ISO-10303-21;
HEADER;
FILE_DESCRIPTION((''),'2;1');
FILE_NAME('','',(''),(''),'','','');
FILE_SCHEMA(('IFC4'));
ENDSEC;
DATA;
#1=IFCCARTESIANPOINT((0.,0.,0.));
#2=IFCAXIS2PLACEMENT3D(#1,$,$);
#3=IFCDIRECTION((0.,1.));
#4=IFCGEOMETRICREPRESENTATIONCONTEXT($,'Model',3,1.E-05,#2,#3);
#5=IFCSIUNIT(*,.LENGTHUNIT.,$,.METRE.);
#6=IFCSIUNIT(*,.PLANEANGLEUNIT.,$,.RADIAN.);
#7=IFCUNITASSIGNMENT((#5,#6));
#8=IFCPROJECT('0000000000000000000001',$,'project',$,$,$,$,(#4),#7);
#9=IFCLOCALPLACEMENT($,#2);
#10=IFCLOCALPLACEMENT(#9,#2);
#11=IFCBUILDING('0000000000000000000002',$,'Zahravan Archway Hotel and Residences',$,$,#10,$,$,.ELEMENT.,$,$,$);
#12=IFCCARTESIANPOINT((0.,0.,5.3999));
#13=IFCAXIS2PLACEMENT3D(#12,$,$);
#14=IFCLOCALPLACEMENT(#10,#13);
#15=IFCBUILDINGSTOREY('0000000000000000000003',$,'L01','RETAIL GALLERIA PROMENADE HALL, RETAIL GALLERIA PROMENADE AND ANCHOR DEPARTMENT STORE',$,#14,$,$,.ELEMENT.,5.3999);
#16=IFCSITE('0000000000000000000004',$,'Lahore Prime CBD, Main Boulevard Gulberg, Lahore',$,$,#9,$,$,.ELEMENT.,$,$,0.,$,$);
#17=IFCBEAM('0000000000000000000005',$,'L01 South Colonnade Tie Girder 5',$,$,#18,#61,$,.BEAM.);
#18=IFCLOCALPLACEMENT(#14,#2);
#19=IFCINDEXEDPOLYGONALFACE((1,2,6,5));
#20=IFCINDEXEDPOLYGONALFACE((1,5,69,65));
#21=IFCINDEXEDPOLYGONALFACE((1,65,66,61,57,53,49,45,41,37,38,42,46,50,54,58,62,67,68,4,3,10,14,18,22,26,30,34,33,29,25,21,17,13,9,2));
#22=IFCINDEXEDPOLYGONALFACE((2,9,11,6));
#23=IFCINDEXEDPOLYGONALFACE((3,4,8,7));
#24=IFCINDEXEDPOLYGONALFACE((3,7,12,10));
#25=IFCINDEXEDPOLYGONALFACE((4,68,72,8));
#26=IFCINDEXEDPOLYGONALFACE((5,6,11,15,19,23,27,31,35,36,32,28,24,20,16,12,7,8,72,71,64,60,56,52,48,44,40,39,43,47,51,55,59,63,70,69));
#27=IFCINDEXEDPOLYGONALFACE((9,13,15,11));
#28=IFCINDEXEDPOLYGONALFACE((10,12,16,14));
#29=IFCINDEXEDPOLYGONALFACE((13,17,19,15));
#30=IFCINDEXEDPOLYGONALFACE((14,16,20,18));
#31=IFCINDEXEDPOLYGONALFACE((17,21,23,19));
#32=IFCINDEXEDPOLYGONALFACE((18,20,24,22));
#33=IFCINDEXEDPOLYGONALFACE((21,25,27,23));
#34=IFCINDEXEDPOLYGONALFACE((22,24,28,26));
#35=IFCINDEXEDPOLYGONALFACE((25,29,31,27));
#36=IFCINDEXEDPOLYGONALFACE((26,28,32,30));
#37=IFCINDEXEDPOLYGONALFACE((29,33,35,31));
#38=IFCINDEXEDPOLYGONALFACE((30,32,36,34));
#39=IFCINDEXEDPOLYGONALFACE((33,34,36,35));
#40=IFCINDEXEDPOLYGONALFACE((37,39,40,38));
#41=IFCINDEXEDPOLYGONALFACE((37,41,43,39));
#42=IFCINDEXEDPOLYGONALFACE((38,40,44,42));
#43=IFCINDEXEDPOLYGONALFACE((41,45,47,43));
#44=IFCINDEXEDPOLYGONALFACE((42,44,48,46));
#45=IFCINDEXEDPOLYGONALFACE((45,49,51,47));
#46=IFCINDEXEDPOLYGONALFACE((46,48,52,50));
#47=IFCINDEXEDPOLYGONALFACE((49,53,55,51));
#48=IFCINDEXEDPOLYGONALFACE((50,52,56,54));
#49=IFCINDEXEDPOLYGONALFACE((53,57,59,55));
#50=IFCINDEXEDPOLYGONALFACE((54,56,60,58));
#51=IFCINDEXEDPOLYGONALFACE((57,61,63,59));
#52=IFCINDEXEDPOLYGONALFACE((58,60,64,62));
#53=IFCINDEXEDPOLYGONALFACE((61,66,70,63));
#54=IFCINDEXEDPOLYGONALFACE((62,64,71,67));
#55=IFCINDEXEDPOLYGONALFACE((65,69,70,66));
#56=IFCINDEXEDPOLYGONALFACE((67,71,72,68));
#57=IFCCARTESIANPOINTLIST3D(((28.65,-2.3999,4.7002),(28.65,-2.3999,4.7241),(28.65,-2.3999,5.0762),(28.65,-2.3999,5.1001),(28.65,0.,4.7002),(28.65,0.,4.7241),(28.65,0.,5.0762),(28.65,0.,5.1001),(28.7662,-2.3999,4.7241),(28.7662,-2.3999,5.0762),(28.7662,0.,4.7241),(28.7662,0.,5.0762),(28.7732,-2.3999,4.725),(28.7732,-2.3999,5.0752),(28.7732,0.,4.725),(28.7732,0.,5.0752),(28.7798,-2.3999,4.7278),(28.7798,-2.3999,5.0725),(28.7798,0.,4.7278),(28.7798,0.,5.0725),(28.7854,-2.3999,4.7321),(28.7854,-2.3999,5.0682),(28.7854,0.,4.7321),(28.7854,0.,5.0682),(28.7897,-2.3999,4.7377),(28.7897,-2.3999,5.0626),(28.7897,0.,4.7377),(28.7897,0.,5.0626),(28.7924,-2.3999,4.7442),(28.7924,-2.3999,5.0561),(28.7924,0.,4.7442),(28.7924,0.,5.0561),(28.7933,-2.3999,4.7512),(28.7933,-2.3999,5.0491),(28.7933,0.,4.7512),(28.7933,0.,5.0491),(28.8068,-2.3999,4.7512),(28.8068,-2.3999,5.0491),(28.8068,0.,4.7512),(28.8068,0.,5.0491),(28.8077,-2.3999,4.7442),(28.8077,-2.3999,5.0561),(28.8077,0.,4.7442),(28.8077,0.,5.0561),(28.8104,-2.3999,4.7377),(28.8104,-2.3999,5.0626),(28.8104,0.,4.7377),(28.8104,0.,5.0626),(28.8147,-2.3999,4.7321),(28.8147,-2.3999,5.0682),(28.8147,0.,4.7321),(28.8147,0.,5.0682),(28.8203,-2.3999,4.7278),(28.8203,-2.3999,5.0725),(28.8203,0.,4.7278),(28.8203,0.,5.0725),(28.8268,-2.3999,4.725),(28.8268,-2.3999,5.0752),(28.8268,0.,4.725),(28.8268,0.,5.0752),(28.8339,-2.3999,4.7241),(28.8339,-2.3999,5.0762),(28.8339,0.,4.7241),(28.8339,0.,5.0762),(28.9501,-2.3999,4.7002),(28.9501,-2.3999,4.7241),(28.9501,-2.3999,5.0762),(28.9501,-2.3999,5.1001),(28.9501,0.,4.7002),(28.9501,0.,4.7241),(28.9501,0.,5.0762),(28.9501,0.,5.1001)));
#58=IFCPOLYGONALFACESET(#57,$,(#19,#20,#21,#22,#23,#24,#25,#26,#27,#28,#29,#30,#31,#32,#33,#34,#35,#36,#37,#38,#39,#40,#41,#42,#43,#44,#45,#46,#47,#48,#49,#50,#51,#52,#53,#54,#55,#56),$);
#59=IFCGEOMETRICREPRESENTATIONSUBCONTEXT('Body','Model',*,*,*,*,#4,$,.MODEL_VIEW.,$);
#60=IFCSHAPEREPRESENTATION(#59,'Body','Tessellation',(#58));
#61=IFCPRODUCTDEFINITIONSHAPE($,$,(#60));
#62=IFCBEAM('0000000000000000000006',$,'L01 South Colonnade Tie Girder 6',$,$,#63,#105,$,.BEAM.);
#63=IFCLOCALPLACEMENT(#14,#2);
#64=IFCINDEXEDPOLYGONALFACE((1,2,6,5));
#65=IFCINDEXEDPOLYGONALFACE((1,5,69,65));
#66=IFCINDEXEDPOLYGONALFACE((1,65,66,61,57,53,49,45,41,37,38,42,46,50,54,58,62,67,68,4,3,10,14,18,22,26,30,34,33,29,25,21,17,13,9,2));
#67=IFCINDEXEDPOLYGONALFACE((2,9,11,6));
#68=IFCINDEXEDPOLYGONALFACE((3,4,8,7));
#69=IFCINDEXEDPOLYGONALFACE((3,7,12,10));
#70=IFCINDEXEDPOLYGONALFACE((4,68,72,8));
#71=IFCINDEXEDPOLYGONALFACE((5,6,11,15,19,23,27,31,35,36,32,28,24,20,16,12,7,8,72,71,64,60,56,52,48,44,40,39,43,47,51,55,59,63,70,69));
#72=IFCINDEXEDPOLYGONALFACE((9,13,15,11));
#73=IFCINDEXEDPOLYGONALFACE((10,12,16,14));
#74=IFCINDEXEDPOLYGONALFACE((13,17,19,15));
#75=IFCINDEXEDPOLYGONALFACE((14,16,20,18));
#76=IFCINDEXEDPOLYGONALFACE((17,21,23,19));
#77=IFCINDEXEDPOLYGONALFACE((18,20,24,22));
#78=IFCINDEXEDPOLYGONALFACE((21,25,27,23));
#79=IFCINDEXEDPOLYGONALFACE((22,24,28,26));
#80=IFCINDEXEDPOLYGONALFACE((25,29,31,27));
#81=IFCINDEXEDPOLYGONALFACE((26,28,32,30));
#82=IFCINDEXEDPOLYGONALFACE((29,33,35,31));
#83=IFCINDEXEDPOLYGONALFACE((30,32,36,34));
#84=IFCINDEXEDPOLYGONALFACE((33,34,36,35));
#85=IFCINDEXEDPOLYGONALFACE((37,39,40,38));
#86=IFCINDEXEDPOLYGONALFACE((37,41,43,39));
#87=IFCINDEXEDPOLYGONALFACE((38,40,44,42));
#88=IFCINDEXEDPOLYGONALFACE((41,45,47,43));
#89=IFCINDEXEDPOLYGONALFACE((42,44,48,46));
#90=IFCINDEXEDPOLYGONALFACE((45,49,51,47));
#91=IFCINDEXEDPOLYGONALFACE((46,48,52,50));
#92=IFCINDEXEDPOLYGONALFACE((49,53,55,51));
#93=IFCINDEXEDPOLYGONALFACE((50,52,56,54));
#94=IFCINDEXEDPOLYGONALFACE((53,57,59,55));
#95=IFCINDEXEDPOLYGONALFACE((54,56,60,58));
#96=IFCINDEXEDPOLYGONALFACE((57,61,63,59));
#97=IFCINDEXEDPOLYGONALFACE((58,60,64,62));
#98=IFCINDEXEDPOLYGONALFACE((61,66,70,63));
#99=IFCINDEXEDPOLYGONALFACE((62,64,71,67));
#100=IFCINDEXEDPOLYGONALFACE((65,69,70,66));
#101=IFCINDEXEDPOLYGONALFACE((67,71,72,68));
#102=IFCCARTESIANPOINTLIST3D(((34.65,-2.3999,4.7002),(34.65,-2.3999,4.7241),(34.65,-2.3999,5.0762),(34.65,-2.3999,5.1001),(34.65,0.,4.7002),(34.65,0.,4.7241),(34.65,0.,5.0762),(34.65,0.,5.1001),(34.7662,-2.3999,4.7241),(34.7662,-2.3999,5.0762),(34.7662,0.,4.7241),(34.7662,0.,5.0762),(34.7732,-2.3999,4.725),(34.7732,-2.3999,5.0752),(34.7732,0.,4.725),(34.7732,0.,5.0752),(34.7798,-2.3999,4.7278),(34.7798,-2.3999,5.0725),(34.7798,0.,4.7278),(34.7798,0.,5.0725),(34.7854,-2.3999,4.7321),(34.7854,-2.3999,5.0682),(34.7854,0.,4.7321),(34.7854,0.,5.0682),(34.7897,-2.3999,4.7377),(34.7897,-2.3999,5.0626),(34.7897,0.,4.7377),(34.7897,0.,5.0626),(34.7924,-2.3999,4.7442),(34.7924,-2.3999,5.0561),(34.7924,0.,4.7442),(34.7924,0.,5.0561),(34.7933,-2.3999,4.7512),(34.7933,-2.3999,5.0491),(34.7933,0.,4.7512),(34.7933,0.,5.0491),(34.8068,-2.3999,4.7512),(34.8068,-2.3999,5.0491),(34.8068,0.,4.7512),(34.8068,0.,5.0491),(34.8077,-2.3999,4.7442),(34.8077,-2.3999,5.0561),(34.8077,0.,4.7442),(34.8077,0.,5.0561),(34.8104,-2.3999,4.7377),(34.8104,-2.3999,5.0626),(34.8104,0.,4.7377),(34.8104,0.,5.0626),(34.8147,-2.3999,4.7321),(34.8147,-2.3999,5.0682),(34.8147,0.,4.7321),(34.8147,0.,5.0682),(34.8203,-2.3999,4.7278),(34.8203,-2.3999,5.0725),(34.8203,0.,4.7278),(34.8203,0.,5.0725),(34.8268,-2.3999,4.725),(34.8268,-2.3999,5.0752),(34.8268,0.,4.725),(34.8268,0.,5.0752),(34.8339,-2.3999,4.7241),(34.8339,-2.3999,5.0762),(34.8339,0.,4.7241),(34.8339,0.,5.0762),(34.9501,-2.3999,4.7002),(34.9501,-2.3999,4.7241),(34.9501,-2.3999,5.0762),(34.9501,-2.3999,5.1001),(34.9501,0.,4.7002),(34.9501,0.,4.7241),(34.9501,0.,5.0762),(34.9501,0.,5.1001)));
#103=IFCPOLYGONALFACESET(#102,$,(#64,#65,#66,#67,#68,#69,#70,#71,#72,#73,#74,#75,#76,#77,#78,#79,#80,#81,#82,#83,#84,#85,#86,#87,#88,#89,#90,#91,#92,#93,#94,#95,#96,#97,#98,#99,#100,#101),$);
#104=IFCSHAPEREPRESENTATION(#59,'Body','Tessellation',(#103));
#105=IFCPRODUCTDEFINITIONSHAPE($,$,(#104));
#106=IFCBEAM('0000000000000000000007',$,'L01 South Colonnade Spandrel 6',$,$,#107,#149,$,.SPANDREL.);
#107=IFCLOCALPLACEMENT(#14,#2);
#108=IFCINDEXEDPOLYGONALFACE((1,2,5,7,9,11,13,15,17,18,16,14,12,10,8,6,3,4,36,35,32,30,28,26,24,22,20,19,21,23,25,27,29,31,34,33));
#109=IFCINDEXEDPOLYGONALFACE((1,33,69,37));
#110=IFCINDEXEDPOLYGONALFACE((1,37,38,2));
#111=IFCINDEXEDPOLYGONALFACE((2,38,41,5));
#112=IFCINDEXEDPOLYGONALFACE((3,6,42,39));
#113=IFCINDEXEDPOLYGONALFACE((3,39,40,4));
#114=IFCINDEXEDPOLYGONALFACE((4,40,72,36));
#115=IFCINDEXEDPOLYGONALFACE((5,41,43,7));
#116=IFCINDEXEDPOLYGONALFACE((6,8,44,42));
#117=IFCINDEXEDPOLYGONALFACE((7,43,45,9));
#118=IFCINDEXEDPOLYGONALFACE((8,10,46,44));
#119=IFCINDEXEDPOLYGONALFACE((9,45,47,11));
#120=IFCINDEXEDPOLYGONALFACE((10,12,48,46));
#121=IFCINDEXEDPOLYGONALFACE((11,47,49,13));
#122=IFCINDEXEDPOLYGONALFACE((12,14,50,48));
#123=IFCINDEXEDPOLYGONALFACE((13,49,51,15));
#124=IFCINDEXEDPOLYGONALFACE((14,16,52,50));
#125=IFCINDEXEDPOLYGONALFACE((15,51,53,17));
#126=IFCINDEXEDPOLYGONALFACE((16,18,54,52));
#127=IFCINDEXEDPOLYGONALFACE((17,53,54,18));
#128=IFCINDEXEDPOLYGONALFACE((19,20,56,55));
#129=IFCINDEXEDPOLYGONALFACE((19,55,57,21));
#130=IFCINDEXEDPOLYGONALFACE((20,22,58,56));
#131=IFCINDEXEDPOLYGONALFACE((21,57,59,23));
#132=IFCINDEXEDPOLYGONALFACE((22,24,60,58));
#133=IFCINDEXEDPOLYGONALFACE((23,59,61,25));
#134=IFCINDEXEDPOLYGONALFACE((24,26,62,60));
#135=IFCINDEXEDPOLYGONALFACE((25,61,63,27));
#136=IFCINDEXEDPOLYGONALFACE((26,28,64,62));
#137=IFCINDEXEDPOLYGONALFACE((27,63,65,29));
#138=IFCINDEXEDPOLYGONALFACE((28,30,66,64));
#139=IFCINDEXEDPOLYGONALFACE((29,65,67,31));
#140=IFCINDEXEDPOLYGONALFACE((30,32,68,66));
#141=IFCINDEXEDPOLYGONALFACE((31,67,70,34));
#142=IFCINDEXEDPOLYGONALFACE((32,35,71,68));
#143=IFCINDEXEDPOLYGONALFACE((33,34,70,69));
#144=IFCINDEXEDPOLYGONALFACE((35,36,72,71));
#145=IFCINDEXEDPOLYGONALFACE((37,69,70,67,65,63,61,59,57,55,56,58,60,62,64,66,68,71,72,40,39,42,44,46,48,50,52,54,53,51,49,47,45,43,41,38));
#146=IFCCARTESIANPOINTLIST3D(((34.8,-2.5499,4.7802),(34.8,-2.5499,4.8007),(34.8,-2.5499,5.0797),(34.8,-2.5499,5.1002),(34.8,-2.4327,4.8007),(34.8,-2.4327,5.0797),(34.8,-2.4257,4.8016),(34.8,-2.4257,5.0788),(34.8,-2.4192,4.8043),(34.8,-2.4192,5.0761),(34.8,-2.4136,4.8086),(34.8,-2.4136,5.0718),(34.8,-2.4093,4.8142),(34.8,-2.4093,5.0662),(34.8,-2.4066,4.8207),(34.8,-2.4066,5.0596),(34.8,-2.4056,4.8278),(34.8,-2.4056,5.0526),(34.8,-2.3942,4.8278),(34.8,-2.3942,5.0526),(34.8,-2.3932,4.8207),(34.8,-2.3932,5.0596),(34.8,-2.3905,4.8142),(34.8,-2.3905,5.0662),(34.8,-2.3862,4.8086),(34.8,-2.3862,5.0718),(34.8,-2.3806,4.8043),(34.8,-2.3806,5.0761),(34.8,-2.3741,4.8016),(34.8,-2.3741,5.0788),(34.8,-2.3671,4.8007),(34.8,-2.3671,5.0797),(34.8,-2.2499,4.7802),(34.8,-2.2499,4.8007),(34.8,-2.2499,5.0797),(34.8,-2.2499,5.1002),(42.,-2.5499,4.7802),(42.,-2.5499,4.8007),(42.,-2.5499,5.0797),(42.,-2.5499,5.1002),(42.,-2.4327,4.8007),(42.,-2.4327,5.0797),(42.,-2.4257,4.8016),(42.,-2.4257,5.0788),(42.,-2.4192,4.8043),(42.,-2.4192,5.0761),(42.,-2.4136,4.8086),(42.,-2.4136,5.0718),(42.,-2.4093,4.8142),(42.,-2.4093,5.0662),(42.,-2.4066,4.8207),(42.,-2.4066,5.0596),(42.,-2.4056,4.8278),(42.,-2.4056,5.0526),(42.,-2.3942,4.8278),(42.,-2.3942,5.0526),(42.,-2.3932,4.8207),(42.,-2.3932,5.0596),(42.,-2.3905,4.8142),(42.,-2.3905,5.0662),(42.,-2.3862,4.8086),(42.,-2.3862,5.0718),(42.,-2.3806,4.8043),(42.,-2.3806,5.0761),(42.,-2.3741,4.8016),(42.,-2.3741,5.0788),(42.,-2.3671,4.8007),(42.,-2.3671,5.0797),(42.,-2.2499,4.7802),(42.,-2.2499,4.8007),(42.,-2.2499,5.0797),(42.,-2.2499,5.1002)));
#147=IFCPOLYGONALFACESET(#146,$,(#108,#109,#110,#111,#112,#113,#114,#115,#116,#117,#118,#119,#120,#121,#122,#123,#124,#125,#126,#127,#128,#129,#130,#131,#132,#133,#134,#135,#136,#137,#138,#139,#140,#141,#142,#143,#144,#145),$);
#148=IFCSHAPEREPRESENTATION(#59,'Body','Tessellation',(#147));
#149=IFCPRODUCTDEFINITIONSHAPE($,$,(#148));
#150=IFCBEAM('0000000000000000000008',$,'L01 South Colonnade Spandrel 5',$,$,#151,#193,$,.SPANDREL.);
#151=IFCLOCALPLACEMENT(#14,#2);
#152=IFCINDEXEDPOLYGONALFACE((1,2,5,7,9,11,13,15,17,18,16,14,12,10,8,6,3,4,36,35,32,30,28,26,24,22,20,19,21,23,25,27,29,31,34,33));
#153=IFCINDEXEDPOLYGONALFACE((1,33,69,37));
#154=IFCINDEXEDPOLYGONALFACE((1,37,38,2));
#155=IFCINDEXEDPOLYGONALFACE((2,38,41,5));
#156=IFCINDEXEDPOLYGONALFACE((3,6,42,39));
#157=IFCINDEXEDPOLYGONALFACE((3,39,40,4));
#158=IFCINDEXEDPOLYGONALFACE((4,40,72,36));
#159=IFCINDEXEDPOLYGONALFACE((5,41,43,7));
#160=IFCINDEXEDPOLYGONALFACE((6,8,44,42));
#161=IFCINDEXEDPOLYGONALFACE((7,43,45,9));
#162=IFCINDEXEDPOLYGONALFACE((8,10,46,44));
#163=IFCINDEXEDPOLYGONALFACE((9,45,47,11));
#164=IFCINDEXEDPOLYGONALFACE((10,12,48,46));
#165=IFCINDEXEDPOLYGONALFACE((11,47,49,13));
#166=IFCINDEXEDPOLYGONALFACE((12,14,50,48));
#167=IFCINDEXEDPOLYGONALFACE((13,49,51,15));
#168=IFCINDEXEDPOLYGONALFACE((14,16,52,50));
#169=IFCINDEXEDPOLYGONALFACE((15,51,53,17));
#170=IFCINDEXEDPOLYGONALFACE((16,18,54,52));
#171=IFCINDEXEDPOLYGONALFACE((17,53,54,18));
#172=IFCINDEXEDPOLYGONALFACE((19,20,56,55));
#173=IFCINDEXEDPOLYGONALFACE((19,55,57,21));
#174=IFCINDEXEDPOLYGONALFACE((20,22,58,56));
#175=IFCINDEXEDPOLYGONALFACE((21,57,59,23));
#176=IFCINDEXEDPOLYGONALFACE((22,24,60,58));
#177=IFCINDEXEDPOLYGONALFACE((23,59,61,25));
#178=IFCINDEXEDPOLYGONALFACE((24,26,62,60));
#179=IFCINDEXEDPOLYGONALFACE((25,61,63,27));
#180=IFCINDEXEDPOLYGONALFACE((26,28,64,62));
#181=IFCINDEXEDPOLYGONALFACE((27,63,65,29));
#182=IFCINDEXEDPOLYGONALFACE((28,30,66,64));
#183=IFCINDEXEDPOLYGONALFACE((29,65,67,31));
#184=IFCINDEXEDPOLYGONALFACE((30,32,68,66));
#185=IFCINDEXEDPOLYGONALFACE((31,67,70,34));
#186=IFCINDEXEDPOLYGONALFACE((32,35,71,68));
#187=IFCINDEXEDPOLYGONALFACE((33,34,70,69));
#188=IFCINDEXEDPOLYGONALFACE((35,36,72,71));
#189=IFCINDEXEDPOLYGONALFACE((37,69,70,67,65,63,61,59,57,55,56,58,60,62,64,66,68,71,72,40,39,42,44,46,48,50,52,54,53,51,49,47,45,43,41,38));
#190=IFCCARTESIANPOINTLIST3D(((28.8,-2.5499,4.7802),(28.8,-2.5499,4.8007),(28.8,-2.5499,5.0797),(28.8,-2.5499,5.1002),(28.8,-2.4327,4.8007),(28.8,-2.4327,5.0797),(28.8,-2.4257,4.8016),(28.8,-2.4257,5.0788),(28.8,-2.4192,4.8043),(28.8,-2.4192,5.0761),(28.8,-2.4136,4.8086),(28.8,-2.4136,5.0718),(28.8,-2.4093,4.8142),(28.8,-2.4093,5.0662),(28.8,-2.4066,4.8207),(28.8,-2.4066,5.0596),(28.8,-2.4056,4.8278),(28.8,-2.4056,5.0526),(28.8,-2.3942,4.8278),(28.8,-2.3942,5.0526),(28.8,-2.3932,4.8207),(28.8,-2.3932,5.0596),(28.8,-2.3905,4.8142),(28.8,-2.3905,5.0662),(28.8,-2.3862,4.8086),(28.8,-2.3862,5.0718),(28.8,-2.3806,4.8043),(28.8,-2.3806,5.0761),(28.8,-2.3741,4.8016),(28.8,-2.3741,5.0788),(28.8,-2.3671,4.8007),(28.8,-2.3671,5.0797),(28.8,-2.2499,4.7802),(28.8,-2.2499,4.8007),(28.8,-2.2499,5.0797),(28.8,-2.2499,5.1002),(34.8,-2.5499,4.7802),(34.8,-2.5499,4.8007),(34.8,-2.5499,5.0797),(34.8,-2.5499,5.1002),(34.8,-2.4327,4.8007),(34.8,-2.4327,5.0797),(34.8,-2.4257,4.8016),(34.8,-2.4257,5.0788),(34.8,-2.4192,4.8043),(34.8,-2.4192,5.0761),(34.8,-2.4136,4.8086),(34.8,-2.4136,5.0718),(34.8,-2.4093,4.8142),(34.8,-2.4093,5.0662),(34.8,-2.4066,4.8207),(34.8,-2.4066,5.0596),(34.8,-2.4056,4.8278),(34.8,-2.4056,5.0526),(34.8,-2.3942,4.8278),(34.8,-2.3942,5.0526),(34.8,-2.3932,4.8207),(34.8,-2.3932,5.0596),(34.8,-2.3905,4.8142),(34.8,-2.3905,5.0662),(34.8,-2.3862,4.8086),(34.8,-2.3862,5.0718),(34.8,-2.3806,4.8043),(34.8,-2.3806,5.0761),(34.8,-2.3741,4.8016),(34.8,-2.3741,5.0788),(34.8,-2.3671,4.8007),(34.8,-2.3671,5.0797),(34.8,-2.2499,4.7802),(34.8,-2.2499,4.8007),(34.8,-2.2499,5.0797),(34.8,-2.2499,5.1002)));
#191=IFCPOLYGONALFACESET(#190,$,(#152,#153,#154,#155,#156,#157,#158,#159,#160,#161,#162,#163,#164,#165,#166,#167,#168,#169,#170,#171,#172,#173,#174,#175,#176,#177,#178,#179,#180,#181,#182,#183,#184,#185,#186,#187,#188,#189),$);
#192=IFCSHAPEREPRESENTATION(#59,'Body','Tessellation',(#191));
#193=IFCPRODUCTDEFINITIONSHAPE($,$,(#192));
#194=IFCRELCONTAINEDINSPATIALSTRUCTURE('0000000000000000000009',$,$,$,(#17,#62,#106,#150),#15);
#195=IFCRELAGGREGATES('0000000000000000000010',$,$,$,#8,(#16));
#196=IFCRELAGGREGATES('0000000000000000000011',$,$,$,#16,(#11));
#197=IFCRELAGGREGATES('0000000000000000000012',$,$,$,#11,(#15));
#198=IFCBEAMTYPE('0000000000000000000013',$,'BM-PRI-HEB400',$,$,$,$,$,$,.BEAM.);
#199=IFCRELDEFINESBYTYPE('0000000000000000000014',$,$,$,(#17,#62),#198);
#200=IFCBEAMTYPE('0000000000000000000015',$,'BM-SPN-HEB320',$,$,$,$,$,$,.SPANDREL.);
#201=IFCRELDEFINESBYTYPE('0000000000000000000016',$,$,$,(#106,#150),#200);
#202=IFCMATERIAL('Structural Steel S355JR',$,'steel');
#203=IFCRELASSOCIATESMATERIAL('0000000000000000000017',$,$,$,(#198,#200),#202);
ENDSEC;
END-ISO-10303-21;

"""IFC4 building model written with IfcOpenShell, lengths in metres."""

from ifc_helpers import new_model, si_unit, direction, frame, origin, origin_2d, place, context, subcontext, project, spatial, i_section, extrude, source, transform, mapped, material, material_profile, profile_set, type_object, type_shapes, element, save


model = new_model("IFC4")

# Units and contexts
model_context = context("Model", 3, precision=1e-05, world=origin(), true_north=direction((0.0, 1.0)))
body_context = subcontext(model_context, "Body", "Model", "MODEL_VIEW")
ifc_project = project(units=[si_unit("LENGTHUNIT", "METRE"), si_unit("PLANEANGLEUNIT", "RADIAN")], contexts=[model_context])

# Site, building, storey
site_placement = place(None, origin())
site = spatial("IfcSite", under=ifc_project, at=site_placement, Name="Lahore Prime CBD, Main Boulevard Gulberg, Lahore", CompositionType="ELEMENT", RefElevation=0.0)
building_placement = place(site_placement, origin())
building = spatial("IfcBuilding", under=site, at=building_placement, Name="Zahravan Archway Hotel and Residences", CompositionType="ELEMENT")
storey_placement = place(building_placement, frame((0.0, 0.0, 5.3999)))
storey = spatial("IfcBuildingStorey", under=building, at=storey_placement, Name="L01", Description="RETAIL GALLERIA PROMENADE HALL, RETAIL GALLERIA PROMENADE AND ANCHOR DEPARTMENT STORE", CompositionType="ELEMENT", Elevation=5.3999)

# Beams
ifc_material_1 = material(Name="Structural Steel S355JR", Category="steel")
ifc_material_profile_1 = material_profile(ifc_material_1, i_section(OverallWidth=0.3, OverallDepth=0.3999, WebThickness=0.0134, FlangeThickness=0.0239, FilletRadius=0.0271, at=origin_2d()), Name="HEB 400", Category="steel")
ifc_profile_set_1 = profile_set([ifc_material_profile_1], Name="Structural Steel S355JR")
beam_type_1 = type_object("IfcBeamType", Name="BM-PRI-HEB400", PredefinedType="BEAM", material=ifc_profile_set_1)
shared_shape_1 = source(origin(), body_context, "Body", "SweptSolid", [
    extrude(i_section(OverallWidth=0.3, OverallDepth=0.3999, WebThickness=0.0134, FlangeThickness=0.0239, FilletRadius=0.0271, at=origin_2d()), origin(), (0.0, 0.0, 1.0), 2.3999),
])
for number, where, z_axis, x_axis, name in (
    (1, (28.8, -2.3999, 4.9001), (0.0, 1.0, 0.0), (-1.0, 0.0, 0.0), "L01 South Colonnade Tie Girder 5"),
    (2, (34.8, -2.3999, 4.9001), (0.0, 1.0, 0.0), (-1.0, 0.0, 0.0), "L01 South Colonnade Tie Girder 6"),
):
    element("IfcBeam", number, at=place(storey_placement, frame(where, z_axis=z_axis, x_axis=x_axis)), inside=storey, type_object=beam_type_1, Name=name, PredefinedType="BEAM", context=body_context, shape_type="MappedRepresentation", body=[
        mapped(shared_shape_1, transform((0.0, 0.0, 0.0), scale=1.0)),
    ])
ifc_material_profile_2 = material_profile(ifc_material_1, i_section(OverallWidth=0.3, OverallDepth=0.3201, WebThickness=0.0115, FlangeThickness=0.0205, FilletRadius=0.0271, at=origin_2d()), Name="HEB 320", Category="steel")
ifc_profile_set_2 = profile_set([ifc_material_profile_2], Name="Structural Steel S355JR")
beam_type_2 = type_object("IfcBeamType", Name="BM-SPN-HEB320", PredefinedType="SPANDREL", material=ifc_profile_set_2)
shared_shape_2 = source(origin(), body_context, "Body", "SweptSolid", [
    extrude(i_section(OverallWidth=0.3, OverallDepth=0.3201, WebThickness=0.0115, FlangeThickness=0.0205, FilletRadius=0.0271, at=origin_2d()), origin(), (0.0, 0.0, 1.0), 7.2),
])
type_shapes(beam_type_2, [shared_shape_2])
beam_1_placement = place(storey_placement, frame((34.8, -2.3999, 4.9402), z_axis=(1.0, 0.0, 0.0), x_axis=(0.0, 1.0, 0.0)))
element("IfcBeam", 3, at=beam_1_placement, inside=storey, type_object=beam_type_2, Name="L01 South Colonnade Spandrel 6", PredefinedType="SPANDREL", context=body_context, shape_type="MappedRepresentation", body=[
    mapped(shared_shape_2, transform((0.0, 0.0, 0.0), scale=1.0)),
])
shared_shape_3 = source(origin(), body_context, "Body", "SweptSolid", [
    extrude(i_section(OverallWidth=0.3, OverallDepth=0.3201, WebThickness=0.0115, FlangeThickness=0.0205, FilletRadius=0.0271, at=origin_2d()), origin(), (0.0, 0.0, 1.0), 6.0),
])
beam_2_placement = place(storey_placement, frame((28.8, -2.3999, 4.9402), z_axis=(1.0, 0.0, 0.0), x_axis=(0.0, 1.0, 0.0)))
element("IfcBeam", 4, at=beam_2_placement, inside=storey, type_object=beam_type_2, Name="L01 South Colonnade Spandrel 5", PredefinedType="SPANDREL", context=body_context, shape_type="MappedRepresentation", body=[
    mapped(shared_shape_3, transform((0.0, 0.0, 0.0), scale=1.0)),
])

save(model, "model.ifc")
